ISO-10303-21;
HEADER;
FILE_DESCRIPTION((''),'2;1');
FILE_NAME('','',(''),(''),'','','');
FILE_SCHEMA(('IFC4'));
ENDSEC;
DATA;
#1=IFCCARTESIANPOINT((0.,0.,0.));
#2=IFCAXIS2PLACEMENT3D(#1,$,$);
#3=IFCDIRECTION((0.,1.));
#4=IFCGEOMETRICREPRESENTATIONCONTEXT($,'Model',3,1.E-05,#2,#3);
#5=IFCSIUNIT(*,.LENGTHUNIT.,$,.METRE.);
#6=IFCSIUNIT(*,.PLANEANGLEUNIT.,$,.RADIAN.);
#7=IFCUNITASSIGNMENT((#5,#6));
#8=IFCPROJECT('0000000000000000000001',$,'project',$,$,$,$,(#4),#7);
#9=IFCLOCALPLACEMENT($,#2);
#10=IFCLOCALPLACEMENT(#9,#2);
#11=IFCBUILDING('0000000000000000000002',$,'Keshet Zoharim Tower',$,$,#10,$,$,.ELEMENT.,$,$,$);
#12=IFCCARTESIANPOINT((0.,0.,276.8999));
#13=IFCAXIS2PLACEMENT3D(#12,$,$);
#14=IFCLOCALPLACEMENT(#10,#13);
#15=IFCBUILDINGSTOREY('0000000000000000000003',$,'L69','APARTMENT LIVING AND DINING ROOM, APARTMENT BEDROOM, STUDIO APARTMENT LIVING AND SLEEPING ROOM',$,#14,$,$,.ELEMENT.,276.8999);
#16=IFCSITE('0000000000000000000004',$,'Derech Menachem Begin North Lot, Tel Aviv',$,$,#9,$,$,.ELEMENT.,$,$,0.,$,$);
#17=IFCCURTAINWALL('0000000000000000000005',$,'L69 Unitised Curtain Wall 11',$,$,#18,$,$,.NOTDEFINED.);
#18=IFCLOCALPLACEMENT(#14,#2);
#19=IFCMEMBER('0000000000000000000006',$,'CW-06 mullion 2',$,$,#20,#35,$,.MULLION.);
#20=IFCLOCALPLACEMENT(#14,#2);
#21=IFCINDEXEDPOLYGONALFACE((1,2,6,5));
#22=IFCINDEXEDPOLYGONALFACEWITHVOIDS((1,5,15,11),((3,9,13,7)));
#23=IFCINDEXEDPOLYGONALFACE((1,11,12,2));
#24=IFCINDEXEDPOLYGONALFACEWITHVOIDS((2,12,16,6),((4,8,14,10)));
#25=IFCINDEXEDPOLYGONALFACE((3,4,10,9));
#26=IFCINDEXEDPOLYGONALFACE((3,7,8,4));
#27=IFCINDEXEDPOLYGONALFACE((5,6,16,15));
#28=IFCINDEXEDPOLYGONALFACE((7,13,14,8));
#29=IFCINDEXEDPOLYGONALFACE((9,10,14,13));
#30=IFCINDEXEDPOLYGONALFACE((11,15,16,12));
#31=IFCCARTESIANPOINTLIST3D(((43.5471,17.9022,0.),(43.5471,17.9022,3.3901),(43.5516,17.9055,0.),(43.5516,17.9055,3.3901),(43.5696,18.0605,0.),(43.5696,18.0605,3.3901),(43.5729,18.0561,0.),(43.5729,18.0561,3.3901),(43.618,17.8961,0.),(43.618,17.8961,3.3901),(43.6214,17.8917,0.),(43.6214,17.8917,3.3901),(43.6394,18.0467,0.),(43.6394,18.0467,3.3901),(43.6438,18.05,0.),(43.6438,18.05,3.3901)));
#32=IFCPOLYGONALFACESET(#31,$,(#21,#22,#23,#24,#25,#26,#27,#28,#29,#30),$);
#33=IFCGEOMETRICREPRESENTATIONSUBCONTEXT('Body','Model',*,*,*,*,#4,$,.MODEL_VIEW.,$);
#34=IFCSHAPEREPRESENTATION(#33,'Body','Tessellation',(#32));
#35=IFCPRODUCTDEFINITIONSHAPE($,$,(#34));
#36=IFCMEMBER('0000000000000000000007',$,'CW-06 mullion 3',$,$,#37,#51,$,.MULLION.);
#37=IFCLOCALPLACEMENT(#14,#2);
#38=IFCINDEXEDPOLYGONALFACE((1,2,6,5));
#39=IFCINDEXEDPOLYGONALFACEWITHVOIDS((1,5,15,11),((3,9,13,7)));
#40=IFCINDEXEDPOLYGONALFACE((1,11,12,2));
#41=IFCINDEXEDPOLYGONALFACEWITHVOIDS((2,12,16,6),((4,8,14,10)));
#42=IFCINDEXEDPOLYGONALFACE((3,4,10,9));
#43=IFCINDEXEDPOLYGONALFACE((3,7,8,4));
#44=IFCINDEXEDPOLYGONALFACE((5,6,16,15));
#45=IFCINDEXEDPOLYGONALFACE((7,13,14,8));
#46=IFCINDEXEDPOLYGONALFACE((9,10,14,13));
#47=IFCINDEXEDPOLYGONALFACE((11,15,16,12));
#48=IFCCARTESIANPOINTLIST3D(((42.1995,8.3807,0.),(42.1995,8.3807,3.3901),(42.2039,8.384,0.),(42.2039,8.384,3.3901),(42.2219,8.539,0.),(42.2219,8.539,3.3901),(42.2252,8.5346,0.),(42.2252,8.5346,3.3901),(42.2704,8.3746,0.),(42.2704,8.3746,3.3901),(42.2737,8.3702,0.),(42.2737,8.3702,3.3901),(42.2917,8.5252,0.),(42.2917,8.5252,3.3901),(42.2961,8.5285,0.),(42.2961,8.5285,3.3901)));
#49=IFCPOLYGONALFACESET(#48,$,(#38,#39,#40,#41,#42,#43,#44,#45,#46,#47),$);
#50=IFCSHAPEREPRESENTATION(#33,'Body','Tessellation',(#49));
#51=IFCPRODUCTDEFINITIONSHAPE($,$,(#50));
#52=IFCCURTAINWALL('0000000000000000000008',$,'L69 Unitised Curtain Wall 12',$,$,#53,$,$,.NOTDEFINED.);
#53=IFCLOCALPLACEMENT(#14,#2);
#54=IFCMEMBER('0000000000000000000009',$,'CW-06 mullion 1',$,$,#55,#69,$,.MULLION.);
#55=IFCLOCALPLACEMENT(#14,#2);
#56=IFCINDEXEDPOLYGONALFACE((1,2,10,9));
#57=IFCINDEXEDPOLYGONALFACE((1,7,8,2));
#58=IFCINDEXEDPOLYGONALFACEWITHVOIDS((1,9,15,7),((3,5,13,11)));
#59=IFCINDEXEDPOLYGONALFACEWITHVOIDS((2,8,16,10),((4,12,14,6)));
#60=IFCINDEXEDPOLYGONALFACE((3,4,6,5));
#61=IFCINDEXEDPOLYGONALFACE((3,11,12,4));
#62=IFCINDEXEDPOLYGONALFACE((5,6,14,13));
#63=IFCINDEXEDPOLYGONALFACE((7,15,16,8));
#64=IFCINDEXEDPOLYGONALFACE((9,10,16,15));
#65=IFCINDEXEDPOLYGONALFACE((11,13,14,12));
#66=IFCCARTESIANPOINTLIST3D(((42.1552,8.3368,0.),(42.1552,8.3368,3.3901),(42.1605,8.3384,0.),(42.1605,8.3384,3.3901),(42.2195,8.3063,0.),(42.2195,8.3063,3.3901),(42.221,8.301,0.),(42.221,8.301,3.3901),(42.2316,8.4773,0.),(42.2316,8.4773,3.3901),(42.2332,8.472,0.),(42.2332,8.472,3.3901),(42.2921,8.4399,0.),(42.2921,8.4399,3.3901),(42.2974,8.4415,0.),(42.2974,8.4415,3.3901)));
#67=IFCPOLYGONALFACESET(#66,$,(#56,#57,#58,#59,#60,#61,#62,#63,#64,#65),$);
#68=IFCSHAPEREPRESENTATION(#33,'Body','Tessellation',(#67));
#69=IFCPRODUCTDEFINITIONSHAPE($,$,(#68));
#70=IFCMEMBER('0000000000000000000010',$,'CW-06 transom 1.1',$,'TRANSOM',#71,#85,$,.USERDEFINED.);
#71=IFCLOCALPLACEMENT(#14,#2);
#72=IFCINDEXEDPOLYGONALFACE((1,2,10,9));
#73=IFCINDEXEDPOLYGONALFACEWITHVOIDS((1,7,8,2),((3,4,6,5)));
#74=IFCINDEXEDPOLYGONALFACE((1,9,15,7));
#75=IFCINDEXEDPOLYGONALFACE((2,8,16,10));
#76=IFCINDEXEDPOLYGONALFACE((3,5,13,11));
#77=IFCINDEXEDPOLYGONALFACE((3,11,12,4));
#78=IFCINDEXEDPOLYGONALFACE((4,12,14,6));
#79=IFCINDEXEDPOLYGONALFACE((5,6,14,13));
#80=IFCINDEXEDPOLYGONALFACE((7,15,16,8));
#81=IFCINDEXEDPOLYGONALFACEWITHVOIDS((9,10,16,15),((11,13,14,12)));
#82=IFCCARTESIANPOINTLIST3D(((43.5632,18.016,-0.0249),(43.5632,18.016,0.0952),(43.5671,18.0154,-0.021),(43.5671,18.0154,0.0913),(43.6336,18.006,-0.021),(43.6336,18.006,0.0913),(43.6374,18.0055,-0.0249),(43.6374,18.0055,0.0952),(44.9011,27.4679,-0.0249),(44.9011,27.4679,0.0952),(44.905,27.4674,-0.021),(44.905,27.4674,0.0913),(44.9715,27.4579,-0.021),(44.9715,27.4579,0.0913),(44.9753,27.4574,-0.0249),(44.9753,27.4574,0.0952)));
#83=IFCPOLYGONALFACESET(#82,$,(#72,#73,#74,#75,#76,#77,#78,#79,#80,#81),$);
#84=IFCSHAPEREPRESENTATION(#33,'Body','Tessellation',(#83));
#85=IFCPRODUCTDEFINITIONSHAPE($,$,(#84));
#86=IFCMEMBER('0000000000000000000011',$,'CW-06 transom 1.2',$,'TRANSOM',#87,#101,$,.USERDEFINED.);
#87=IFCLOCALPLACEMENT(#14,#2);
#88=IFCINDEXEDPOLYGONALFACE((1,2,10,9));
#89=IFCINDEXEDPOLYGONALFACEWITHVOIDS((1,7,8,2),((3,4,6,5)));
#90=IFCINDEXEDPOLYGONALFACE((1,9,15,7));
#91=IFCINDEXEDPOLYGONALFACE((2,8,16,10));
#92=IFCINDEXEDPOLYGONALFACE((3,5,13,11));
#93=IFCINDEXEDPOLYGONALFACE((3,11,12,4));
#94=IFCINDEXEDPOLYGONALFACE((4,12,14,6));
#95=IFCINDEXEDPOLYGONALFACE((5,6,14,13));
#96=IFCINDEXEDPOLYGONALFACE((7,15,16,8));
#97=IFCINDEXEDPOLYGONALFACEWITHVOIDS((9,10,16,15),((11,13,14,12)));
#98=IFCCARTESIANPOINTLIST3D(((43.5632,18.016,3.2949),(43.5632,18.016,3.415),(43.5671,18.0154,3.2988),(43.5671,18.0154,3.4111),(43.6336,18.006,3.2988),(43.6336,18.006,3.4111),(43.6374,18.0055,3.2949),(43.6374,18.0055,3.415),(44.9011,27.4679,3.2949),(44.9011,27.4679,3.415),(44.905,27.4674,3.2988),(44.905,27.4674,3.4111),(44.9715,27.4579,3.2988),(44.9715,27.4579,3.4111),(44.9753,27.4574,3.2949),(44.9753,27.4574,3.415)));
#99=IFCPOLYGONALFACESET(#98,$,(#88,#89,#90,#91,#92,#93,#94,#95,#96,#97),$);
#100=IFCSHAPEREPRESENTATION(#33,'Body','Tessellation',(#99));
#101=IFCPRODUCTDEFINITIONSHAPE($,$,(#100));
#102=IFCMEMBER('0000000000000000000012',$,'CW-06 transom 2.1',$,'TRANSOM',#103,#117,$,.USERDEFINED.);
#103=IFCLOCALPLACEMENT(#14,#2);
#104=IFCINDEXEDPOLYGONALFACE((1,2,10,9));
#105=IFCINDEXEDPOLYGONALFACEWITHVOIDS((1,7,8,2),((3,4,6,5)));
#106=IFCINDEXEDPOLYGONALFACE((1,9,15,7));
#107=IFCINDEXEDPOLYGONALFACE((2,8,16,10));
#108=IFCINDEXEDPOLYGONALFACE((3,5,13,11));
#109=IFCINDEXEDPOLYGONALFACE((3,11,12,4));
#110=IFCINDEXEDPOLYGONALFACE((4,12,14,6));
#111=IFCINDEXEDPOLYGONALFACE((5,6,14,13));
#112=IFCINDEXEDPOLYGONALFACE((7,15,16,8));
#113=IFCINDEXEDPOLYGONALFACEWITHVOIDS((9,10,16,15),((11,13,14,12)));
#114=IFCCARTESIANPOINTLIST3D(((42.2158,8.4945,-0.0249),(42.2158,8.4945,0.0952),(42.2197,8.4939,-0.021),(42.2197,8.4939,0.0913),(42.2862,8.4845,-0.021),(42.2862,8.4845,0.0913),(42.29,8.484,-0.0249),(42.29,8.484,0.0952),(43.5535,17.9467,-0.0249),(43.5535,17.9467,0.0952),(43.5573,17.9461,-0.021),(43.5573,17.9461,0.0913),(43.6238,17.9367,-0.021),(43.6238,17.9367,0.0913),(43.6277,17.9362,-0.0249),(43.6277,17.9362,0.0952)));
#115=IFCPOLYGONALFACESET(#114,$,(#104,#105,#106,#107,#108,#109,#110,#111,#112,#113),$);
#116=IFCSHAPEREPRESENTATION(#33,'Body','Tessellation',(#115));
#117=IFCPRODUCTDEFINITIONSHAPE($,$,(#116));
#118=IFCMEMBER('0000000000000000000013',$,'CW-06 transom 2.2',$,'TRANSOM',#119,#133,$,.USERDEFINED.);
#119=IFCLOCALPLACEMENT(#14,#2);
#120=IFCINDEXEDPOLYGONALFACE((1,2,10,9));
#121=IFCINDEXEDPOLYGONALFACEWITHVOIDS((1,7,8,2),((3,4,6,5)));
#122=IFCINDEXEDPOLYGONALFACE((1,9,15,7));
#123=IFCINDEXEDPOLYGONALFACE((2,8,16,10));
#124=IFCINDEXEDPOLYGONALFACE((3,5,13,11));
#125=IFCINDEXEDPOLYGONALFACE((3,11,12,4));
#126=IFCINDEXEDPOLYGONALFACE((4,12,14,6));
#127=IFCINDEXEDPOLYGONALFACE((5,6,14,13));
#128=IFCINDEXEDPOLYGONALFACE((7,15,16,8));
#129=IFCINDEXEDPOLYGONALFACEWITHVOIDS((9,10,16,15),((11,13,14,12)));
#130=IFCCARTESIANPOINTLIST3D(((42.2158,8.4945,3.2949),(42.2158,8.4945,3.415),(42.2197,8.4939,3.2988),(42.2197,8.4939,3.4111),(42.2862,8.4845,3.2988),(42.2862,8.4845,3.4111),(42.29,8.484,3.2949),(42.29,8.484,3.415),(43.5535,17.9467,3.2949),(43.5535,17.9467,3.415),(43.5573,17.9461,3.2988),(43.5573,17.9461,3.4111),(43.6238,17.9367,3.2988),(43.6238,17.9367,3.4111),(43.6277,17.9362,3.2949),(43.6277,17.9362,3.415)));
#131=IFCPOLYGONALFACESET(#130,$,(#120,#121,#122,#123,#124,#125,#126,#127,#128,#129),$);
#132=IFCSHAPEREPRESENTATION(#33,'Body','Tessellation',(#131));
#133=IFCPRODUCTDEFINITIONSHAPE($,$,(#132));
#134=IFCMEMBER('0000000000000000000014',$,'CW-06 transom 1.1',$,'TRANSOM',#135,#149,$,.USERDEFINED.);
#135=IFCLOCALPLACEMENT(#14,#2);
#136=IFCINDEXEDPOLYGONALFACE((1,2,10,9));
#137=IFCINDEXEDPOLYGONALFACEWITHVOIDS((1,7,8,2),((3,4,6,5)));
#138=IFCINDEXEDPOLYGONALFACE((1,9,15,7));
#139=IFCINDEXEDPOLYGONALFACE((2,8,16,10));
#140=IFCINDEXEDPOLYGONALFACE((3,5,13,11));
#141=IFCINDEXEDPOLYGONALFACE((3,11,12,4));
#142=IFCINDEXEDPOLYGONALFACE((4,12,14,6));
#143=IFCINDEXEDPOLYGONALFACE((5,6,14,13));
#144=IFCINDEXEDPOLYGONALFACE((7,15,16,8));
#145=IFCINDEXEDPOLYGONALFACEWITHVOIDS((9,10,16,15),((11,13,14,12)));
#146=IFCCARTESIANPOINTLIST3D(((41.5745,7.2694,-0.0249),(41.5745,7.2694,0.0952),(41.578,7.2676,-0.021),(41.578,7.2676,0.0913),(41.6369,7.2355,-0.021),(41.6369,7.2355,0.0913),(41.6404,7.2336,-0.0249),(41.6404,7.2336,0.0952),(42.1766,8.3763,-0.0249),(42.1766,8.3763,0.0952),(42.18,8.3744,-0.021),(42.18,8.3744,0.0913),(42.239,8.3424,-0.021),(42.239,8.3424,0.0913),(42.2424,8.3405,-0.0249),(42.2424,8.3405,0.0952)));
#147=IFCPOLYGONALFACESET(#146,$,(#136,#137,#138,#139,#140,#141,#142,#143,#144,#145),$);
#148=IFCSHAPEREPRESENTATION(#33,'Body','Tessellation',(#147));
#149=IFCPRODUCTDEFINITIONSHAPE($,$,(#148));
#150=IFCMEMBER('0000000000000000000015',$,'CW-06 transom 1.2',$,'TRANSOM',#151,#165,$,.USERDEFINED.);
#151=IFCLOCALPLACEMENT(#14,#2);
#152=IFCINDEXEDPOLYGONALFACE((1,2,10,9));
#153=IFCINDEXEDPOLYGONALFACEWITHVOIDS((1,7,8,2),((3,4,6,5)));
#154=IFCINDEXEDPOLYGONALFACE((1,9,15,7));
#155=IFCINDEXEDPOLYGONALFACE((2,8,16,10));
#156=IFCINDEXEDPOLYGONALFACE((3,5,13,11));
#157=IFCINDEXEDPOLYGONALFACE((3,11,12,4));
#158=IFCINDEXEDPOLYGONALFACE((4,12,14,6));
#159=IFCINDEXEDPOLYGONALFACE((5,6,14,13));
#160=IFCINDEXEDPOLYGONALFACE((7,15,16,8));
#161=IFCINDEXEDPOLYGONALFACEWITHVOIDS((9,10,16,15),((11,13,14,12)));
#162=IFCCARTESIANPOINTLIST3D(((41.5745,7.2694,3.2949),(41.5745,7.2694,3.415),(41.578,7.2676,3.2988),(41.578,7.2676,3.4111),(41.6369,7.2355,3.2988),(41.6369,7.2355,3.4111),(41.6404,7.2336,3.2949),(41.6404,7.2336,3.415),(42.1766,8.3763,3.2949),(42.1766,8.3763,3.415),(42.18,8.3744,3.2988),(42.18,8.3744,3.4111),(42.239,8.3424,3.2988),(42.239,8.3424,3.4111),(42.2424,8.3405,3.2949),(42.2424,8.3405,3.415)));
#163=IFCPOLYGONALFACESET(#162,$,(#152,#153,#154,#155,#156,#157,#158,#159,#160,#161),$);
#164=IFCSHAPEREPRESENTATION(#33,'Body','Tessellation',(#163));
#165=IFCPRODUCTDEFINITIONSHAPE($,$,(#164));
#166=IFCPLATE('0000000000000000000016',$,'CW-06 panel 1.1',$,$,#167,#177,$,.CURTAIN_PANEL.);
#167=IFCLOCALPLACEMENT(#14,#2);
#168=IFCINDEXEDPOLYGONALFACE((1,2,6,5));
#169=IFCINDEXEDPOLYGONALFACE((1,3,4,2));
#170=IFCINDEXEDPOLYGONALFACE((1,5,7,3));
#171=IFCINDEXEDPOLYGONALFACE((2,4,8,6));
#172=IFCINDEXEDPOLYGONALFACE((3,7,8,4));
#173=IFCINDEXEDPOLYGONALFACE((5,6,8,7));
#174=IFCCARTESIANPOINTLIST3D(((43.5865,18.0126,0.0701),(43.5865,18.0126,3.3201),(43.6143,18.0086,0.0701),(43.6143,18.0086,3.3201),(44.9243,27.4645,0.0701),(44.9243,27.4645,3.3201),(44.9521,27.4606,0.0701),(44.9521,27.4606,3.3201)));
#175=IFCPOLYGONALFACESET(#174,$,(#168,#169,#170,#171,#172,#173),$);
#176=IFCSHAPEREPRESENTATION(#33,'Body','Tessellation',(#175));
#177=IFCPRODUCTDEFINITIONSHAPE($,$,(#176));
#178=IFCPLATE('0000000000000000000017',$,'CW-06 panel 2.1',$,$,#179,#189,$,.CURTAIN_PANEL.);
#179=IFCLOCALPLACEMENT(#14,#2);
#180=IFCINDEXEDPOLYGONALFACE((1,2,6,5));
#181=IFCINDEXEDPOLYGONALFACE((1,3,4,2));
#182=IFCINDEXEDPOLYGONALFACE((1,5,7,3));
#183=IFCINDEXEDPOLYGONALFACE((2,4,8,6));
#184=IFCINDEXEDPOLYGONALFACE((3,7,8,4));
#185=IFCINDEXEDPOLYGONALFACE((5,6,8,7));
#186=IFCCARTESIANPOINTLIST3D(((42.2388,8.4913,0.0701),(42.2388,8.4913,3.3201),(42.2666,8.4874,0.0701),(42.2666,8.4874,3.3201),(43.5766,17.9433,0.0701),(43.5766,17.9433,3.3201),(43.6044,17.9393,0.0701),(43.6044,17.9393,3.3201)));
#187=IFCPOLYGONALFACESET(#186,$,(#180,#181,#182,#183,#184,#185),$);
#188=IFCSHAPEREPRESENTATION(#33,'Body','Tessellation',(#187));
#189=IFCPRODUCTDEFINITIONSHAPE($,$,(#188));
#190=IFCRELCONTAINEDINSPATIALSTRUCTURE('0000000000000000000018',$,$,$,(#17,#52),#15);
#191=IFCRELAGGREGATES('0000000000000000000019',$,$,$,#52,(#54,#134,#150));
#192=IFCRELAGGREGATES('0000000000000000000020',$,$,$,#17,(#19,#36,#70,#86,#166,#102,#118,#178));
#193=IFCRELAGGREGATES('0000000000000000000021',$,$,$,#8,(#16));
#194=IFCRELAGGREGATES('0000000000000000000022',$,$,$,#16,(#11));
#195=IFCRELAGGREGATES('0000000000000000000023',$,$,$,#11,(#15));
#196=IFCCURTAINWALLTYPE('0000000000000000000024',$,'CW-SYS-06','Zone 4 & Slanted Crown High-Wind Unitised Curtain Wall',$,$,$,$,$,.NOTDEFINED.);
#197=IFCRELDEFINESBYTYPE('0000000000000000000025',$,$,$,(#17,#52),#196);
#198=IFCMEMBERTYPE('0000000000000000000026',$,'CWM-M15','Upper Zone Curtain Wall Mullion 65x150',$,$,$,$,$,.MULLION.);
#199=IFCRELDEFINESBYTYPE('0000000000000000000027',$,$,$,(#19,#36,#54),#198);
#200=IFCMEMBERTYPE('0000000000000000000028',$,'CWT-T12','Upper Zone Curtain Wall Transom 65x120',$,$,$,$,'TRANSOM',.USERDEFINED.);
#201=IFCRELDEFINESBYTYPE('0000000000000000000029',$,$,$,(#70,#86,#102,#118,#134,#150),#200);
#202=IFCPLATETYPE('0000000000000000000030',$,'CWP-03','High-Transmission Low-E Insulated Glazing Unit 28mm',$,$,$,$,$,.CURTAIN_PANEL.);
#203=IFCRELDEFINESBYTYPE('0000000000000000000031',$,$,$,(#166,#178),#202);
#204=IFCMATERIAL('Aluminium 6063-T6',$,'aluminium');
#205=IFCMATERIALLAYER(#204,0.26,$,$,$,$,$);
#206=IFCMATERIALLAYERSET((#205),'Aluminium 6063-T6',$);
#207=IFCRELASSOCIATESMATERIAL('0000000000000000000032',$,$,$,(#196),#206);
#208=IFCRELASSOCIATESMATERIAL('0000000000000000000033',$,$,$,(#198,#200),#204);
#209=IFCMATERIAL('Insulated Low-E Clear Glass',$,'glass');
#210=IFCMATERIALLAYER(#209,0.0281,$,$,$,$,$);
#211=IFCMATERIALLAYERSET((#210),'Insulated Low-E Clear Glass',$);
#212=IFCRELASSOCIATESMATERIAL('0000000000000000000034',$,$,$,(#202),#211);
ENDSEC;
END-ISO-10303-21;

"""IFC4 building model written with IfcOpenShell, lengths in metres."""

from ifc_helpers import new_model, si_unit, direction, frame, origin, origin_2d, place, context, subcontext, project, spatial, rectangle, hollow_rectangle, extrude, material, layer, layer_set, material_profile, profile_set, type_object, element, aggregate, save


model = new_model("IFC4")

# Units and contexts
model_context = context("Model", 3, precision=1e-05, world=origin(), true_north=direction((0.0, 1.0)))
body_context = subcontext(model_context, "Body", "Model", "MODEL_VIEW")
ifc_project = project(units=[si_unit("LENGTHUNIT", "METRE"), si_unit("PLANEANGLEUNIT", "RADIAN")], contexts=[model_context])

# Site, building, storey
site_placement = place(None, origin())
site = spatial("IfcSite", under=ifc_project, at=site_placement, Name="Derech Menachem Begin North Lot, Tel Aviv", CompositionType="ELEMENT", RefElevation=0.0)
building_placement = place(site_placement, origin())
building = spatial("IfcBuilding", under=site, at=building_placement, Name="Keshet Zoharim Tower", CompositionType="ELEMENT")
storey_placement = place(building_placement, frame((0.0, 0.0, 276.8999)))
storey = spatial("IfcBuildingStorey", under=building, at=storey_placement, Name="L69", Description="APARTMENT LIVING AND DINING ROOM, APARTMENT BEDROOM, STUDIO APARTMENT LIVING AND SLEEPING ROOM", CompositionType="ELEMENT", Elevation=276.8999)

# Curtain wall, members
ifc_material_1 = material(Name="Aluminium 6063-T6", Category="aluminium")
ifc_layer_1 = layer(ifc_material_1, 0.26)
ifc_layer_set_1 = layer_set([ifc_layer_1], Name="Aluminium 6063-T6")
curtain_wall_type = type_object("IfcCurtainWallType", Name="CW-SYS-06", Description="Zone 4 & Slanted Crown High-Wind Unitised Curtain Wall", PredefinedType="NOTDEFINED", material=ifc_layer_set_1)
curtain_wall_1_placement = place(storey_placement, origin())
curtain_wall_1 = element("IfcCurtainWall", 1, at=curtain_wall_1_placement, inside=storey, type_object=curtain_wall_type, Name="L69 Unitised Curtain Wall 11", PredefinedType="NOTDEFINED")
ifc_material_profile_1 = material_profile(ifc_material_1, hollow_rectangle(XDim=0.075, YDim=0.1599, WallThickness=0.0039, at=origin_2d()), Name="MUL-75x160")
ifc_profile_set_1 = profile_set([ifc_material_profile_1], Name="Aluminium 6063-T6")
member_type_1 = type_object("IfcMemberType", Name="CWM-M15", Description="Upper Zone Curtain Wall Mullion 65x150", PredefinedType="MULLION", material=ifc_profile_set_1)
member_1_placement = place(storey_placement, frame((43.5955, 17.9761, 0.0), z_axis=(0.0, 0.0, 1.0), x_axis=(0.990132, -0.140137, 0.0)))
member_1 = element("IfcMember", 2, at=member_1_placement, type_object=member_type_1, Name="CW-06 mullion 2", PredefinedType="MULLION", context=body_context, shape_type="SweptSolid", body=[
    extrude(hollow_rectangle(XDim=0.075, YDim=0.1599, WallThickness=0.0039, at=origin_2d()), origin(), (0.0, 0.0, 1.0), 3.3901),
])
member_2_placement = place(storey_placement, frame((42.2478, 8.4546, 0.0), z_axis=(0.0, 0.0, 1.0), x_axis=(0.990132, -0.140137, 0.0)))
member_2 = element("IfcMember", 3, at=member_2_placement, type_object=member_type_1, Name="CW-06 mullion 3", PredefinedType="MULLION", context=body_context, shape_type="SweptSolid", body=[
    extrude(hollow_rectangle(XDim=0.075, YDim=0.1599, WallThickness=0.0039, at=origin_2d()), origin(), (0.0, 0.0, 1.0), 3.3901),
])

# Curtain wall, member
curtain_wall_2_placement = place(storey_placement, origin())
curtain_wall_2 = element("IfcCurtainWall", 4, at=curtain_wall_2_placement, inside=storey, type_object=curtain_wall_type, Name="L69 Unitised Curtain Wall 12", PredefinedType="NOTDEFINED")
member_3_placement = place(storey_placement, frame((42.2263, 8.3892, 0.0), z_axis=(0.0, 0.0, 1.0), x_axis=(0.878468, -0.477801, 0.0)))
member_3 = element("IfcMember", 5, at=member_3_placement, type_object=member_type_1, Name="CW-06 mullion 1", PredefinedType="MULLION", context=body_context, shape_type="SweptSolid", body=[
    extrude(hollow_rectangle(XDim=0.075, YDim=0.1599, WallThickness=0.0039, at=origin_2d()), origin(), (0.0, 0.0, 1.0), 3.3901),
])

# Members
ifc_material_profile_2 = material_profile(ifc_material_1, hollow_rectangle(XDim=0.075, YDim=0.1201, WallThickness=0.0039, at=origin_2d()), Name="TRN-75x120")
ifc_profile_set_2 = profile_set([ifc_material_profile_2], Name="Aluminium 6063-T6")
member_type_2 = type_object("IfcMemberType", Name="CWT-T12", Description="Upper Zone Curtain Wall Transom 65x120", ElementType="TRANSOM", PredefinedType="USERDEFINED", material=ifc_profile_set_2)
member_4_placement = place(storey_placement, frame((44.9382, 27.4626, 0.0352), z_axis=(-0.14015, -0.99013, 0.0), x_axis=(0.99013, -0.14015, 0.0)))
member_4 = element("IfcMember", 6, at=member_4_placement, type_object=member_type_2, Name="CW-06 transom 1.1", ObjectType="TRANSOM", PredefinedType="USERDEFINED", context=body_context, shape_type="SweptSolid", body=[
    extrude(hollow_rectangle(XDim=0.075, YDim=0.1201, WallThickness=0.0039, at=origin_2d()), origin(), (0.0, 0.0, 1.0), 9.5461),
])
member_5_placement = place(storey_placement, frame((44.9382, 27.4626, 3.355), z_axis=(-0.14015, -0.99013, 0.0), x_axis=(0.99013, -0.14015, 0.0)))
member_5 = element("IfcMember", 7, at=member_5_placement, type_object=member_type_2, Name="CW-06 transom 1.2", ObjectType="TRANSOM", PredefinedType="USERDEFINED", context=body_context, shape_type="SweptSolid", body=[
    extrude(hollow_rectangle(XDim=0.075, YDim=0.1201, WallThickness=0.0039, at=origin_2d()), origin(), (0.0, 0.0, 1.0), 9.5461),
])
member_6_placement = place(storey_placement, frame((43.5906, 17.9414, 0.0352), z_axis=(-0.140122, -0.990134, 0.0), x_axis=(0.990134, -0.140122, 0.0)))
member_6 = element("IfcMember", 8, at=member_6_placement, type_object=member_type_2, Name="CW-06 transom 2.1", ObjectType="TRANSOM", PredefinedType="USERDEFINED", context=body_context, shape_type="SweptSolid", body=[
    extrude(hollow_rectangle(XDim=0.075, YDim=0.1201, WallThickness=0.0039, at=origin_2d()), origin(), (0.0, 0.0, 1.0), 9.5464),
])
member_7_placement = place(storey_placement, frame((43.5906, 17.9414, 3.355), z_axis=(-0.140122, -0.990134, 0.0), x_axis=(0.990134, -0.140122, 0.0)))
member_7 = element("IfcMember", 9, at=member_7_placement, type_object=member_type_2, Name="CW-06 transom 2.2", ObjectType="TRANSOM", PredefinedType="USERDEFINED", context=body_context, shape_type="SweptSolid", body=[
    extrude(hollow_rectangle(XDim=0.075, YDim=0.1201, WallThickness=0.0039, at=origin_2d()), origin(), (0.0, 0.0, 1.0), 9.5464),
])
member_8_placement = place(storey_placement, frame((42.2095, 8.3584, 0.0352), z_axis=(-0.477793, -0.878472, 0.0), x_axis=(0.878472, -0.477793, 0.0)))
member_8 = element("IfcMember", 10, at=member_8_placement, type_object=member_type_2, Name="CW-06 transom 1.1", ObjectType="TRANSOM", PredefinedType="USERDEFINED", context=body_context, shape_type="SweptSolid", body=[
    extrude(hollow_rectangle(XDim=0.075, YDim=0.1201, WallThickness=0.0039, at=origin_2d()), origin(), (0.0, 0.0, 1.0), 1.26),
])
member_9_placement = place(storey_placement, frame((42.2095, 8.3584, 3.355), z_axis=(-0.477793, -0.878472, 0.0), x_axis=(0.878472, -0.477793, 0.0)))
member_9 = element("IfcMember", 11, at=member_9_placement, type_object=member_type_2, Name="CW-06 transom 1.2", ObjectType="TRANSOM", PredefinedType="USERDEFINED", context=body_context, shape_type="SweptSolid", body=[
    extrude(hollow_rectangle(XDim=0.075, YDim=0.1201, WallThickness=0.0039, at=origin_2d()), origin(), (0.0, 0.0, 1.0), 1.26),
])
aggregate(curtain_wall_2, [member_3, member_8, member_9])

# Plates
ifc_material_2 = material(Name="Insulated Low-E Clear Glass", Category="glass")
ifc_layer_2 = layer(ifc_material_2, 0.0281)
ifc_layer_set_2 = layer_set([ifc_layer_2], Name="Insulated Low-E Clear Glass")
plate_type = type_object("IfcPlateType", Name="CWP-03", Description="High-Transmission Low-E Insulated Glazing Unit 28mm", PredefinedType="CURTAIN_PANEL", material=ifc_layer_set_2)
plate_1_placement = place(storey_placement, frame((44.2693, 22.7366, 0.0701), z_axis=(0.0, 0.0, 1.0), x_axis=(-0.140137, -0.990132, 0.0)))
plate_1 = element("IfcPlate", 12, at=plate_1_placement, type_object=plate_type, Name="CW-06 panel 1.1", PredefinedType="CURTAIN_PANEL", context=body_context, shape_type="SweptSolid", body=[
    extrude(rectangle(XDim=9.5461, YDim=0.0281, at=origin_2d()), origin(), (0.0, 0.0, 1.0), 3.25),
])
plate_2_placement = place(storey_placement, frame((42.9216, 13.2153, 0.0701), z_axis=(0.0, 0.0, 1.0), x_axis=(-0.140137, -0.990132, 0.0)))
plate_2 = element("IfcPlate", 13, at=plate_2_placement, type_object=plate_type, Name="CW-06 panel 2.1", PredefinedType="CURTAIN_PANEL", context=body_context, shape_type="SweptSolid", body=[
    extrude(rectangle(XDim=9.5461, YDim=0.0281, at=origin_2d()), origin(), (0.0, 0.0, 1.0), 3.25),
])
aggregate(curtain_wall_1, [member_1, member_2, member_4, member_5, plate_1, member_6, member_7, plate_2])

save(model, "model.ifc")
